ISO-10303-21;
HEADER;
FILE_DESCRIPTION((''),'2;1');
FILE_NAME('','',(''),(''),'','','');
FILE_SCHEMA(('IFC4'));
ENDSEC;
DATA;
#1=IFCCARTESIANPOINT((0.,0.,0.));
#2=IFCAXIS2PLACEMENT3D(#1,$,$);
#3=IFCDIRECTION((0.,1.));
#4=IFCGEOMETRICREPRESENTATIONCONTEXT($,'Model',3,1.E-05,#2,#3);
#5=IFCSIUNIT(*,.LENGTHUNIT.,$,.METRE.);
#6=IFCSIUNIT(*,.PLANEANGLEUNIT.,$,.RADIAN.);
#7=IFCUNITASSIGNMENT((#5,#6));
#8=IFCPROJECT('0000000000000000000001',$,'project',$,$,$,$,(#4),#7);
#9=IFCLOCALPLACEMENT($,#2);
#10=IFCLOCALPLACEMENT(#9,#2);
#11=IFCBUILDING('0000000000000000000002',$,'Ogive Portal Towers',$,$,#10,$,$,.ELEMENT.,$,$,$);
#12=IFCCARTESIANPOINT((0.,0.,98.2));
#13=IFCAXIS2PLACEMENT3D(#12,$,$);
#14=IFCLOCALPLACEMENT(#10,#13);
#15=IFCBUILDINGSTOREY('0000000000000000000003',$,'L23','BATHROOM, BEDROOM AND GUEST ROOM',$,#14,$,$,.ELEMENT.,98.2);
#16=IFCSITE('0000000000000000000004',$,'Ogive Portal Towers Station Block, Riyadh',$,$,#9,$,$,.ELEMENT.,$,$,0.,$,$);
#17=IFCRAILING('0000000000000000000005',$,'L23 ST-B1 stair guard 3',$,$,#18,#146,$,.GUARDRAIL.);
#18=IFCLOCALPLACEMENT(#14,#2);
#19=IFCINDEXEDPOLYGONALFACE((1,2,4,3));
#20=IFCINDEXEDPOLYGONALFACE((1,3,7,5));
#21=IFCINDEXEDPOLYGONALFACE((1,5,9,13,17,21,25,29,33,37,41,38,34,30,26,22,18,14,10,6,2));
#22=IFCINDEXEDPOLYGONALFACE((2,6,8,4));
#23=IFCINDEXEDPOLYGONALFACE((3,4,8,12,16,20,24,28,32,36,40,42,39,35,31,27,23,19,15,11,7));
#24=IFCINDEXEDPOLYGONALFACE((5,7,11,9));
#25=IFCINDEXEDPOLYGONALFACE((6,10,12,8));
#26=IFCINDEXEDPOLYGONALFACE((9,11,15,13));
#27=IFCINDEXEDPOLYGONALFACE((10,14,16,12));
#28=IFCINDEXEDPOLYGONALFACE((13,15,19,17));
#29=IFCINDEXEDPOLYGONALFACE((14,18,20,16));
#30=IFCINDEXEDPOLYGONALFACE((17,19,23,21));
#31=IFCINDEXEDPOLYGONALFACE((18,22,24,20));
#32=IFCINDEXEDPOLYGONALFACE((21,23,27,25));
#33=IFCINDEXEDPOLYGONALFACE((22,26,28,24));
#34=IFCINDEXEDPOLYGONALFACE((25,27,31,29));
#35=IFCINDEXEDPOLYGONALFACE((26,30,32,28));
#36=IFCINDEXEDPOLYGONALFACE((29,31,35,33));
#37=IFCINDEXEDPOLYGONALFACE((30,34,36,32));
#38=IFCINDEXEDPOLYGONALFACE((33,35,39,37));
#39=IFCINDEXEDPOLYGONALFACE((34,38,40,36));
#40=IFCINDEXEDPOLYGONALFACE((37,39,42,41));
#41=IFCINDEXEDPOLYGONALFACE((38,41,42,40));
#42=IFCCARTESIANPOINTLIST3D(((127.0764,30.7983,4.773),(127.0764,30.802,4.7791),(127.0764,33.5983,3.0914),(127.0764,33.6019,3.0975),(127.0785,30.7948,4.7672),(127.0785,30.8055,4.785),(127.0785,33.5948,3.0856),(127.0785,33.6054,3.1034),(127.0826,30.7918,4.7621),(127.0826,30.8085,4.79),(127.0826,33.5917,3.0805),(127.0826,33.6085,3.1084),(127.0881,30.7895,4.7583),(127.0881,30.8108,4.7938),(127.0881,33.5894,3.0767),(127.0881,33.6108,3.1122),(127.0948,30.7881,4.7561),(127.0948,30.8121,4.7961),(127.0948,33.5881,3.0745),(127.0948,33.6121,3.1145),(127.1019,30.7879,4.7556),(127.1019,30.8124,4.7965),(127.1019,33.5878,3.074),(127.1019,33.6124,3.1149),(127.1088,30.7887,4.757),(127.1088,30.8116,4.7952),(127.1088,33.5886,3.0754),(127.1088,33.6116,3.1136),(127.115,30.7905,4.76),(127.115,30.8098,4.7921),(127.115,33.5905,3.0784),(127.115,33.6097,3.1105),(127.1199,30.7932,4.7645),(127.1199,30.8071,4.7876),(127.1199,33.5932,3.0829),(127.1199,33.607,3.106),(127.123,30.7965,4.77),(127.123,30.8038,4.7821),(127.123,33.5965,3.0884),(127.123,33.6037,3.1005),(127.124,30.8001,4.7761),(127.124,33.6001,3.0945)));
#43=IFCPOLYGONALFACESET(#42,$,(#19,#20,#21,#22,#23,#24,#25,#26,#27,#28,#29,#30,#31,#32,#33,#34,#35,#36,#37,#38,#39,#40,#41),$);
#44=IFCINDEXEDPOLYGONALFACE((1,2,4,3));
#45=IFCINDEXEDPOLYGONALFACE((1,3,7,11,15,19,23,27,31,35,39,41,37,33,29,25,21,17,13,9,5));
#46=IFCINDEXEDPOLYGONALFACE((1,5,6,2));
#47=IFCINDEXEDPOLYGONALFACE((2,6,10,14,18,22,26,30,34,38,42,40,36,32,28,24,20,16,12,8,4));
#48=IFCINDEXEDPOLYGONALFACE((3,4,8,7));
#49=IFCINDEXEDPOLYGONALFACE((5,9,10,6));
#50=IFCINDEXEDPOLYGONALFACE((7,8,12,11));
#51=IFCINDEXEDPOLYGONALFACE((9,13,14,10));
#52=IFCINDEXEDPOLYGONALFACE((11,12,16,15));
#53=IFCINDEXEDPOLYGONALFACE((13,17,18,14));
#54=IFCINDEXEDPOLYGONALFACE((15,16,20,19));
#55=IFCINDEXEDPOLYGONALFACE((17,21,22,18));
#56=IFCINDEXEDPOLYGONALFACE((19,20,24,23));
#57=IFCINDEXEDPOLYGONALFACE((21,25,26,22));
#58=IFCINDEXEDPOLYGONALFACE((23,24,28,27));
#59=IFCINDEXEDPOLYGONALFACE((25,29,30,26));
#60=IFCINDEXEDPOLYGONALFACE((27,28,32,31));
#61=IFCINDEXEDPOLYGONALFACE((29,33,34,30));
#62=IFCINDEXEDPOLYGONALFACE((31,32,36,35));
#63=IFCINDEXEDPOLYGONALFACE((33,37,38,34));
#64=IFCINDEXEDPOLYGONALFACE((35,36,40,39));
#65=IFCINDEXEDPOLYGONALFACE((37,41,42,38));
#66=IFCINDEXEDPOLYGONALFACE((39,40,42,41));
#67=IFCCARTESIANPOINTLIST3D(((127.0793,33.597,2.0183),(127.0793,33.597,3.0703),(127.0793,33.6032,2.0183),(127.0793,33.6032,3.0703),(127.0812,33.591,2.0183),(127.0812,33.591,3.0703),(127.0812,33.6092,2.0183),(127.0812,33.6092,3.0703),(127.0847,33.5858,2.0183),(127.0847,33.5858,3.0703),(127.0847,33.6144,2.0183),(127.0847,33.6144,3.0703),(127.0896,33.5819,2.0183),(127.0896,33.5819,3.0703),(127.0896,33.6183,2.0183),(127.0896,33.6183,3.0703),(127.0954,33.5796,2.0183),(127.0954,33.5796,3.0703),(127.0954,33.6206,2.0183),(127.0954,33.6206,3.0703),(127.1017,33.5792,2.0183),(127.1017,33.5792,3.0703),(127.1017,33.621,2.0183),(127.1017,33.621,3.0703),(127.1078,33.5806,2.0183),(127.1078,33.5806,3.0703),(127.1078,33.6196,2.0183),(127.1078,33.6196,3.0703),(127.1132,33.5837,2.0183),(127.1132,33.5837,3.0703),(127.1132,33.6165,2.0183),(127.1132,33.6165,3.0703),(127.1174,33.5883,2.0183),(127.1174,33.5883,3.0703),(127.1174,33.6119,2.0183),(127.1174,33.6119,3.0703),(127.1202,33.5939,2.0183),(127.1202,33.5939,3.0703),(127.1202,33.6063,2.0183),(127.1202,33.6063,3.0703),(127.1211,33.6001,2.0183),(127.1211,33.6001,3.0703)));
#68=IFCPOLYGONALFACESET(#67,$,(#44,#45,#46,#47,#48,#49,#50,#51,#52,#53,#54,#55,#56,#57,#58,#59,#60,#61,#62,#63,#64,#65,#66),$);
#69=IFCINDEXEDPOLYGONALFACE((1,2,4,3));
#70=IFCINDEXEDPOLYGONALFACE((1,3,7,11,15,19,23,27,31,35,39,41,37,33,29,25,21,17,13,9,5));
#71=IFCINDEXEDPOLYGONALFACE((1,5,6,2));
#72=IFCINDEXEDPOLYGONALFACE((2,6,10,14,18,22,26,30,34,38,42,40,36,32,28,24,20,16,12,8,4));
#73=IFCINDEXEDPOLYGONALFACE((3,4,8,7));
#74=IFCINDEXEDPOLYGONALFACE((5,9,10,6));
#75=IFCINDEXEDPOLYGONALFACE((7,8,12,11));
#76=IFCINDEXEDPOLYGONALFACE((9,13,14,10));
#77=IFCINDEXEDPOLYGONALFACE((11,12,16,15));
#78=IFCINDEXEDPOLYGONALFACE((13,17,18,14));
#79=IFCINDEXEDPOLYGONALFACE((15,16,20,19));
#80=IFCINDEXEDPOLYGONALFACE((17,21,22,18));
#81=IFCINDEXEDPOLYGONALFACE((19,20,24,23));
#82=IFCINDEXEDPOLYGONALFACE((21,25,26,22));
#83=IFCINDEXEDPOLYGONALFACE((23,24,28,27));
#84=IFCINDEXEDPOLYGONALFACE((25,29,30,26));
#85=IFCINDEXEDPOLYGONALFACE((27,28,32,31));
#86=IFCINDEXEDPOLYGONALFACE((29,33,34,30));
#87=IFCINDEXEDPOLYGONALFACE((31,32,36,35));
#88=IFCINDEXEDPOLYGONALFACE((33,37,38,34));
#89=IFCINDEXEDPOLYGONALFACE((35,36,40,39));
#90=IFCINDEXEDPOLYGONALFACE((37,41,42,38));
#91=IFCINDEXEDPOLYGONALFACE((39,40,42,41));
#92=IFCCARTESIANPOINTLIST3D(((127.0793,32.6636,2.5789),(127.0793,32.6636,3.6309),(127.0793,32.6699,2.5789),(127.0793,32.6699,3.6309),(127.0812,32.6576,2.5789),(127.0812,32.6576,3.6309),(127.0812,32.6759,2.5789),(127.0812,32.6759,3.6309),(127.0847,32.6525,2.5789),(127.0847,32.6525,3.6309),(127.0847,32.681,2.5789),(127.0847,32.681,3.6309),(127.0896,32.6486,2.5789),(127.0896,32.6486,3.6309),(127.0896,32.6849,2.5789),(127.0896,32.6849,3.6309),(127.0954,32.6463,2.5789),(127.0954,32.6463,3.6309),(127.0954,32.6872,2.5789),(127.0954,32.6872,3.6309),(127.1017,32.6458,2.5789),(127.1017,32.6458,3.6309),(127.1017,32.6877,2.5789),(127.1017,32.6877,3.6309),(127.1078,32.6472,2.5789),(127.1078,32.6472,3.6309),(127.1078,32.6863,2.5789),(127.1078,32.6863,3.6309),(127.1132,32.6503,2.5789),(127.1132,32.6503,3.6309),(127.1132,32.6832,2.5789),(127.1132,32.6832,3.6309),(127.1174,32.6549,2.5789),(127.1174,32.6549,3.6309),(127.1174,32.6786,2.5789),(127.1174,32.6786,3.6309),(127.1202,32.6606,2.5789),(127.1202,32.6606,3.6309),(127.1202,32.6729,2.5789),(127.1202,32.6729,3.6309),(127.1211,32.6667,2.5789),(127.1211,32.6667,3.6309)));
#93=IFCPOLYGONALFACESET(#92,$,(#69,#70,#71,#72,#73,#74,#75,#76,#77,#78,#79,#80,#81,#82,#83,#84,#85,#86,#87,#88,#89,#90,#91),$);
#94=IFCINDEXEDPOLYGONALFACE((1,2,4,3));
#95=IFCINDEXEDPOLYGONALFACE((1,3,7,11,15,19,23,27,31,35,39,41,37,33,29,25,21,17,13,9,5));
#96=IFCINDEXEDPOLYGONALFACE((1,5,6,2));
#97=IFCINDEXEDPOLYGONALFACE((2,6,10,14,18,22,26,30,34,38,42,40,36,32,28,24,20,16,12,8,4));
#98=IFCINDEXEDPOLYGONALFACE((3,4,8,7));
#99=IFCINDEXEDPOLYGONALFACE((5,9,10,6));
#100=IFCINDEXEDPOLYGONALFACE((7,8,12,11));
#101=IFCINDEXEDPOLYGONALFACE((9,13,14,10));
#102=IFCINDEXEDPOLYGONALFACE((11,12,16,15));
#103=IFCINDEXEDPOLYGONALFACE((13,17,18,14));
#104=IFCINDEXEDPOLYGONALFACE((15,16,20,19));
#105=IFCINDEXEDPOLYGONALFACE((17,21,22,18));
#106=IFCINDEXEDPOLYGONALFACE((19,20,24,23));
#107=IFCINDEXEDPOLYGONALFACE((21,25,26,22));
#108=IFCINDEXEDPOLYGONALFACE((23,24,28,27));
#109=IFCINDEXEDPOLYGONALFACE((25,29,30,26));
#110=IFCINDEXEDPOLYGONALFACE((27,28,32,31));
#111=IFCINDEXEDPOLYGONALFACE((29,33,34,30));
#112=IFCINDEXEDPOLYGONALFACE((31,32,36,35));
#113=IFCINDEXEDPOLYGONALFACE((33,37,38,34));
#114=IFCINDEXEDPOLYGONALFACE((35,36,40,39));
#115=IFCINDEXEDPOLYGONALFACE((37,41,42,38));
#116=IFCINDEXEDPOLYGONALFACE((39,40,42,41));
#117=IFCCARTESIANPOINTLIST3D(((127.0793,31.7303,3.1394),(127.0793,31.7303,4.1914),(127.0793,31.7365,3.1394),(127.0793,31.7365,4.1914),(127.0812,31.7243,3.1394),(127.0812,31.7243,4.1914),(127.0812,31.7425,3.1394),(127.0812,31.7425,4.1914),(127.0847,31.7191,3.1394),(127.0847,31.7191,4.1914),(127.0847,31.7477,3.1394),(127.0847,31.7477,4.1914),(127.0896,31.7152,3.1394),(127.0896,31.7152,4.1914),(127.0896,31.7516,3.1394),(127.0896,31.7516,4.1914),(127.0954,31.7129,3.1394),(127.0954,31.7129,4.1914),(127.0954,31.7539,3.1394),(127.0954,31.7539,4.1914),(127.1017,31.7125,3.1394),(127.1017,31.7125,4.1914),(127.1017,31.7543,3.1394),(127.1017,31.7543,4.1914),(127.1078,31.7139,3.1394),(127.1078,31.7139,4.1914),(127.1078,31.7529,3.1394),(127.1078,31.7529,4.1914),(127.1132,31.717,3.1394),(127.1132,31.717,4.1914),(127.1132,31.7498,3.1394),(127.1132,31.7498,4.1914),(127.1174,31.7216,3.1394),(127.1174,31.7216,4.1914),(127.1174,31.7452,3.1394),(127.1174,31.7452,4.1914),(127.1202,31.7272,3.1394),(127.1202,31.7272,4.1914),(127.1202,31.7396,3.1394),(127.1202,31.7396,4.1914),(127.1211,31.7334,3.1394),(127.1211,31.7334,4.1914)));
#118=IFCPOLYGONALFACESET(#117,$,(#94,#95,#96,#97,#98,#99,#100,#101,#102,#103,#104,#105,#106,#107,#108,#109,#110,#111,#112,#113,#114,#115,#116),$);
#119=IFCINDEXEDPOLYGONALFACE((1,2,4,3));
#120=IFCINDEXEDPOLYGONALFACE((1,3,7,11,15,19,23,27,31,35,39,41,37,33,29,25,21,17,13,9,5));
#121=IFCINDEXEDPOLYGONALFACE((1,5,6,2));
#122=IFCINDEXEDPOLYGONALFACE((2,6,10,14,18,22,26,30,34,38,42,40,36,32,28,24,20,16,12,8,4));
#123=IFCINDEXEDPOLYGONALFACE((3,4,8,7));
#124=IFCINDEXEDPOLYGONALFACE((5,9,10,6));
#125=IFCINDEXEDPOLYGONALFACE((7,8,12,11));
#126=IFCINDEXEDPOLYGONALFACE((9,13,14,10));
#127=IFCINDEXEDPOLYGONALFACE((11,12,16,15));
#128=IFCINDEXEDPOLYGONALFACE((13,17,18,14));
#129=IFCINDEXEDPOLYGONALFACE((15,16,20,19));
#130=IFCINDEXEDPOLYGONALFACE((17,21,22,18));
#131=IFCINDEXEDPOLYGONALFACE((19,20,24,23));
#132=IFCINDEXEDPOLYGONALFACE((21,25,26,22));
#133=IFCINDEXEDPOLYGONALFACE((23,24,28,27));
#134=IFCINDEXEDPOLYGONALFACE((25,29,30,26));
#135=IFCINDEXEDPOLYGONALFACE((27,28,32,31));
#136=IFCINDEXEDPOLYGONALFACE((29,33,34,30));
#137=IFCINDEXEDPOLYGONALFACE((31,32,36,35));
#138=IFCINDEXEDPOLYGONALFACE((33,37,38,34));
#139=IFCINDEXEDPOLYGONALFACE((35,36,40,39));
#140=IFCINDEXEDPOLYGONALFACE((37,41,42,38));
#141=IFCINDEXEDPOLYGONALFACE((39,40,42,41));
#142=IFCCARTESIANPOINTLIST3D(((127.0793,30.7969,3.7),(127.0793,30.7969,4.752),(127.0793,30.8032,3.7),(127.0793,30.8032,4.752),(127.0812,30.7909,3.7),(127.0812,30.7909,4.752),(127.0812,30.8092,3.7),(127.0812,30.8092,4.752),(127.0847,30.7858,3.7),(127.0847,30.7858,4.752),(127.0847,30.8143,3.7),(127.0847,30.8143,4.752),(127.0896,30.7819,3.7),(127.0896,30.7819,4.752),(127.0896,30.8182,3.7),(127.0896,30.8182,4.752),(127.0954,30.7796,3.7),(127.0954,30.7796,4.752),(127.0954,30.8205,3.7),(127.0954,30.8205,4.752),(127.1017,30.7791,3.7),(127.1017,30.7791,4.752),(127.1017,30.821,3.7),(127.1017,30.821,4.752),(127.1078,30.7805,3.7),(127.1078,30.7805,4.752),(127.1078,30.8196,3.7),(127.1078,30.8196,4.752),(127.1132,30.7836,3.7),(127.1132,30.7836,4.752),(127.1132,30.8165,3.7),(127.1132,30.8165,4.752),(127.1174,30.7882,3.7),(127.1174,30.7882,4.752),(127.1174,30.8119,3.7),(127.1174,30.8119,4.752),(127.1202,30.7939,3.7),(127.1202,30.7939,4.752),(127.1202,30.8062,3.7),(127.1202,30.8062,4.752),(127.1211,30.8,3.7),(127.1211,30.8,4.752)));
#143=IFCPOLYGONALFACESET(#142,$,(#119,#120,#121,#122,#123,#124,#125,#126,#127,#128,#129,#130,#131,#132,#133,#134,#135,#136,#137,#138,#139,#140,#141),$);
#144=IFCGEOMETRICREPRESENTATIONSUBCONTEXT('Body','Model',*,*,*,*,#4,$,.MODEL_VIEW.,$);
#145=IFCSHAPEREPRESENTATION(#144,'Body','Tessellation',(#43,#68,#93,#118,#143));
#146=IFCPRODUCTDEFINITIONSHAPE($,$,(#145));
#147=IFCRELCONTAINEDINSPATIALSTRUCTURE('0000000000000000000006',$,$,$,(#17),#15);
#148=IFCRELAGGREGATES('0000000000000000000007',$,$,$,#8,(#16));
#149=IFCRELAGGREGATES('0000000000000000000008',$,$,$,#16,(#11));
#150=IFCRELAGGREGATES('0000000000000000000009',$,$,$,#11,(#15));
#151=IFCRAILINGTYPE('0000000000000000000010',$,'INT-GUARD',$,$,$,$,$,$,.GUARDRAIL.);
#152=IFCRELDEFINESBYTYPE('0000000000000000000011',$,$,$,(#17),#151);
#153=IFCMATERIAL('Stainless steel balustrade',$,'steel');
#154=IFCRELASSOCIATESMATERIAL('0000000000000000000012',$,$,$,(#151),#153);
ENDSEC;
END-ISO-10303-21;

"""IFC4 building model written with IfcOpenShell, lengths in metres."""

from ifc_helpers import new_model, si_unit, direction, frame, origin, origin_2d, place, context, subcontext, project, spatial, circle, extrude, material, type_object, element, save


model = new_model("IFC4")

# Units and contexts
model_context = context("Model", 3, precision=1e-05, world=origin(), true_north=direction((0.0, 1.0)))
body_context = subcontext(model_context, "Body", "Model", "MODEL_VIEW")
ifc_project = project(units=[si_unit("LENGTHUNIT", "METRE"), si_unit("PLANEANGLEUNIT", "RADIAN")], contexts=[model_context])

# Site, building, storey
site_placement = place(None, origin())
site = spatial("IfcSite", under=ifc_project, at=site_placement, Name="Ogive Portal Towers Station Block, Riyadh", CompositionType="ELEMENT", RefElevation=0.0)
building_placement = place(site_placement, origin())
building = spatial("IfcBuilding", under=site, at=building_placement, Name="Ogive Portal Towers", CompositionType="ELEMENT")
storey_placement = place(building_placement, frame((0.0, 0.0, 98.2)))
storey = spatial("IfcBuildingStorey", under=building, at=storey_placement, Name="L23", Description="BATHROOM, BEDROOM AND GUEST ROOM", CompositionType="ELEMENT", Elevation=98.2)

# Railing
ifc_material_1 = material(Name="Stainless steel balustrade", Category="steel")
railing_type_1 = type_object("IfcRailingType", Name="INT-GUARD", PredefinedType="GUARDRAIL", material=ifc_material_1)
railing_1_placement = place(storey_placement, frame((127.1001, 33.6001, 2.0183)))
element("IfcRailing", 1, at=railing_1_placement, inside=storey, type_object=railing_type_1, Name="L23 ST-B1 stair guard 3", PredefinedType="GUARDRAIL", context=body_context, shape_type="SweptSolid", body=[
    extrude(circle(Radius=0.0239, at=origin_2d()), frame((0.0, 0.0, 1.0762), z_axis=(0.0, -0.857275, 0.514858), x_axis=(1.0, 0.0, 0.0)), (0.0, 0.0, 1.0), 3.2661),
    extrude(circle(Radius=0.021, at=origin_2d()), origin(), (0.0, 0.0, 1.0), 1.052),
    extrude(circle(Radius=0.021, at=origin_2d()), frame((0.0, -0.9333, 0.5605)), (0.0, 0.0, 1.0), 1.052),
    extrude(circle(Radius=0.021, at=origin_2d()), frame((0.0, -1.8667, 1.1211)), (0.0, 0.0, 1.0), 1.052),
    extrude(circle(Radius=0.021, at=origin_2d()), frame((0.0, -2.8, 1.6816)), (0.0, 0.0, 1.0), 1.052),
])

save(model, "model.ifc")
